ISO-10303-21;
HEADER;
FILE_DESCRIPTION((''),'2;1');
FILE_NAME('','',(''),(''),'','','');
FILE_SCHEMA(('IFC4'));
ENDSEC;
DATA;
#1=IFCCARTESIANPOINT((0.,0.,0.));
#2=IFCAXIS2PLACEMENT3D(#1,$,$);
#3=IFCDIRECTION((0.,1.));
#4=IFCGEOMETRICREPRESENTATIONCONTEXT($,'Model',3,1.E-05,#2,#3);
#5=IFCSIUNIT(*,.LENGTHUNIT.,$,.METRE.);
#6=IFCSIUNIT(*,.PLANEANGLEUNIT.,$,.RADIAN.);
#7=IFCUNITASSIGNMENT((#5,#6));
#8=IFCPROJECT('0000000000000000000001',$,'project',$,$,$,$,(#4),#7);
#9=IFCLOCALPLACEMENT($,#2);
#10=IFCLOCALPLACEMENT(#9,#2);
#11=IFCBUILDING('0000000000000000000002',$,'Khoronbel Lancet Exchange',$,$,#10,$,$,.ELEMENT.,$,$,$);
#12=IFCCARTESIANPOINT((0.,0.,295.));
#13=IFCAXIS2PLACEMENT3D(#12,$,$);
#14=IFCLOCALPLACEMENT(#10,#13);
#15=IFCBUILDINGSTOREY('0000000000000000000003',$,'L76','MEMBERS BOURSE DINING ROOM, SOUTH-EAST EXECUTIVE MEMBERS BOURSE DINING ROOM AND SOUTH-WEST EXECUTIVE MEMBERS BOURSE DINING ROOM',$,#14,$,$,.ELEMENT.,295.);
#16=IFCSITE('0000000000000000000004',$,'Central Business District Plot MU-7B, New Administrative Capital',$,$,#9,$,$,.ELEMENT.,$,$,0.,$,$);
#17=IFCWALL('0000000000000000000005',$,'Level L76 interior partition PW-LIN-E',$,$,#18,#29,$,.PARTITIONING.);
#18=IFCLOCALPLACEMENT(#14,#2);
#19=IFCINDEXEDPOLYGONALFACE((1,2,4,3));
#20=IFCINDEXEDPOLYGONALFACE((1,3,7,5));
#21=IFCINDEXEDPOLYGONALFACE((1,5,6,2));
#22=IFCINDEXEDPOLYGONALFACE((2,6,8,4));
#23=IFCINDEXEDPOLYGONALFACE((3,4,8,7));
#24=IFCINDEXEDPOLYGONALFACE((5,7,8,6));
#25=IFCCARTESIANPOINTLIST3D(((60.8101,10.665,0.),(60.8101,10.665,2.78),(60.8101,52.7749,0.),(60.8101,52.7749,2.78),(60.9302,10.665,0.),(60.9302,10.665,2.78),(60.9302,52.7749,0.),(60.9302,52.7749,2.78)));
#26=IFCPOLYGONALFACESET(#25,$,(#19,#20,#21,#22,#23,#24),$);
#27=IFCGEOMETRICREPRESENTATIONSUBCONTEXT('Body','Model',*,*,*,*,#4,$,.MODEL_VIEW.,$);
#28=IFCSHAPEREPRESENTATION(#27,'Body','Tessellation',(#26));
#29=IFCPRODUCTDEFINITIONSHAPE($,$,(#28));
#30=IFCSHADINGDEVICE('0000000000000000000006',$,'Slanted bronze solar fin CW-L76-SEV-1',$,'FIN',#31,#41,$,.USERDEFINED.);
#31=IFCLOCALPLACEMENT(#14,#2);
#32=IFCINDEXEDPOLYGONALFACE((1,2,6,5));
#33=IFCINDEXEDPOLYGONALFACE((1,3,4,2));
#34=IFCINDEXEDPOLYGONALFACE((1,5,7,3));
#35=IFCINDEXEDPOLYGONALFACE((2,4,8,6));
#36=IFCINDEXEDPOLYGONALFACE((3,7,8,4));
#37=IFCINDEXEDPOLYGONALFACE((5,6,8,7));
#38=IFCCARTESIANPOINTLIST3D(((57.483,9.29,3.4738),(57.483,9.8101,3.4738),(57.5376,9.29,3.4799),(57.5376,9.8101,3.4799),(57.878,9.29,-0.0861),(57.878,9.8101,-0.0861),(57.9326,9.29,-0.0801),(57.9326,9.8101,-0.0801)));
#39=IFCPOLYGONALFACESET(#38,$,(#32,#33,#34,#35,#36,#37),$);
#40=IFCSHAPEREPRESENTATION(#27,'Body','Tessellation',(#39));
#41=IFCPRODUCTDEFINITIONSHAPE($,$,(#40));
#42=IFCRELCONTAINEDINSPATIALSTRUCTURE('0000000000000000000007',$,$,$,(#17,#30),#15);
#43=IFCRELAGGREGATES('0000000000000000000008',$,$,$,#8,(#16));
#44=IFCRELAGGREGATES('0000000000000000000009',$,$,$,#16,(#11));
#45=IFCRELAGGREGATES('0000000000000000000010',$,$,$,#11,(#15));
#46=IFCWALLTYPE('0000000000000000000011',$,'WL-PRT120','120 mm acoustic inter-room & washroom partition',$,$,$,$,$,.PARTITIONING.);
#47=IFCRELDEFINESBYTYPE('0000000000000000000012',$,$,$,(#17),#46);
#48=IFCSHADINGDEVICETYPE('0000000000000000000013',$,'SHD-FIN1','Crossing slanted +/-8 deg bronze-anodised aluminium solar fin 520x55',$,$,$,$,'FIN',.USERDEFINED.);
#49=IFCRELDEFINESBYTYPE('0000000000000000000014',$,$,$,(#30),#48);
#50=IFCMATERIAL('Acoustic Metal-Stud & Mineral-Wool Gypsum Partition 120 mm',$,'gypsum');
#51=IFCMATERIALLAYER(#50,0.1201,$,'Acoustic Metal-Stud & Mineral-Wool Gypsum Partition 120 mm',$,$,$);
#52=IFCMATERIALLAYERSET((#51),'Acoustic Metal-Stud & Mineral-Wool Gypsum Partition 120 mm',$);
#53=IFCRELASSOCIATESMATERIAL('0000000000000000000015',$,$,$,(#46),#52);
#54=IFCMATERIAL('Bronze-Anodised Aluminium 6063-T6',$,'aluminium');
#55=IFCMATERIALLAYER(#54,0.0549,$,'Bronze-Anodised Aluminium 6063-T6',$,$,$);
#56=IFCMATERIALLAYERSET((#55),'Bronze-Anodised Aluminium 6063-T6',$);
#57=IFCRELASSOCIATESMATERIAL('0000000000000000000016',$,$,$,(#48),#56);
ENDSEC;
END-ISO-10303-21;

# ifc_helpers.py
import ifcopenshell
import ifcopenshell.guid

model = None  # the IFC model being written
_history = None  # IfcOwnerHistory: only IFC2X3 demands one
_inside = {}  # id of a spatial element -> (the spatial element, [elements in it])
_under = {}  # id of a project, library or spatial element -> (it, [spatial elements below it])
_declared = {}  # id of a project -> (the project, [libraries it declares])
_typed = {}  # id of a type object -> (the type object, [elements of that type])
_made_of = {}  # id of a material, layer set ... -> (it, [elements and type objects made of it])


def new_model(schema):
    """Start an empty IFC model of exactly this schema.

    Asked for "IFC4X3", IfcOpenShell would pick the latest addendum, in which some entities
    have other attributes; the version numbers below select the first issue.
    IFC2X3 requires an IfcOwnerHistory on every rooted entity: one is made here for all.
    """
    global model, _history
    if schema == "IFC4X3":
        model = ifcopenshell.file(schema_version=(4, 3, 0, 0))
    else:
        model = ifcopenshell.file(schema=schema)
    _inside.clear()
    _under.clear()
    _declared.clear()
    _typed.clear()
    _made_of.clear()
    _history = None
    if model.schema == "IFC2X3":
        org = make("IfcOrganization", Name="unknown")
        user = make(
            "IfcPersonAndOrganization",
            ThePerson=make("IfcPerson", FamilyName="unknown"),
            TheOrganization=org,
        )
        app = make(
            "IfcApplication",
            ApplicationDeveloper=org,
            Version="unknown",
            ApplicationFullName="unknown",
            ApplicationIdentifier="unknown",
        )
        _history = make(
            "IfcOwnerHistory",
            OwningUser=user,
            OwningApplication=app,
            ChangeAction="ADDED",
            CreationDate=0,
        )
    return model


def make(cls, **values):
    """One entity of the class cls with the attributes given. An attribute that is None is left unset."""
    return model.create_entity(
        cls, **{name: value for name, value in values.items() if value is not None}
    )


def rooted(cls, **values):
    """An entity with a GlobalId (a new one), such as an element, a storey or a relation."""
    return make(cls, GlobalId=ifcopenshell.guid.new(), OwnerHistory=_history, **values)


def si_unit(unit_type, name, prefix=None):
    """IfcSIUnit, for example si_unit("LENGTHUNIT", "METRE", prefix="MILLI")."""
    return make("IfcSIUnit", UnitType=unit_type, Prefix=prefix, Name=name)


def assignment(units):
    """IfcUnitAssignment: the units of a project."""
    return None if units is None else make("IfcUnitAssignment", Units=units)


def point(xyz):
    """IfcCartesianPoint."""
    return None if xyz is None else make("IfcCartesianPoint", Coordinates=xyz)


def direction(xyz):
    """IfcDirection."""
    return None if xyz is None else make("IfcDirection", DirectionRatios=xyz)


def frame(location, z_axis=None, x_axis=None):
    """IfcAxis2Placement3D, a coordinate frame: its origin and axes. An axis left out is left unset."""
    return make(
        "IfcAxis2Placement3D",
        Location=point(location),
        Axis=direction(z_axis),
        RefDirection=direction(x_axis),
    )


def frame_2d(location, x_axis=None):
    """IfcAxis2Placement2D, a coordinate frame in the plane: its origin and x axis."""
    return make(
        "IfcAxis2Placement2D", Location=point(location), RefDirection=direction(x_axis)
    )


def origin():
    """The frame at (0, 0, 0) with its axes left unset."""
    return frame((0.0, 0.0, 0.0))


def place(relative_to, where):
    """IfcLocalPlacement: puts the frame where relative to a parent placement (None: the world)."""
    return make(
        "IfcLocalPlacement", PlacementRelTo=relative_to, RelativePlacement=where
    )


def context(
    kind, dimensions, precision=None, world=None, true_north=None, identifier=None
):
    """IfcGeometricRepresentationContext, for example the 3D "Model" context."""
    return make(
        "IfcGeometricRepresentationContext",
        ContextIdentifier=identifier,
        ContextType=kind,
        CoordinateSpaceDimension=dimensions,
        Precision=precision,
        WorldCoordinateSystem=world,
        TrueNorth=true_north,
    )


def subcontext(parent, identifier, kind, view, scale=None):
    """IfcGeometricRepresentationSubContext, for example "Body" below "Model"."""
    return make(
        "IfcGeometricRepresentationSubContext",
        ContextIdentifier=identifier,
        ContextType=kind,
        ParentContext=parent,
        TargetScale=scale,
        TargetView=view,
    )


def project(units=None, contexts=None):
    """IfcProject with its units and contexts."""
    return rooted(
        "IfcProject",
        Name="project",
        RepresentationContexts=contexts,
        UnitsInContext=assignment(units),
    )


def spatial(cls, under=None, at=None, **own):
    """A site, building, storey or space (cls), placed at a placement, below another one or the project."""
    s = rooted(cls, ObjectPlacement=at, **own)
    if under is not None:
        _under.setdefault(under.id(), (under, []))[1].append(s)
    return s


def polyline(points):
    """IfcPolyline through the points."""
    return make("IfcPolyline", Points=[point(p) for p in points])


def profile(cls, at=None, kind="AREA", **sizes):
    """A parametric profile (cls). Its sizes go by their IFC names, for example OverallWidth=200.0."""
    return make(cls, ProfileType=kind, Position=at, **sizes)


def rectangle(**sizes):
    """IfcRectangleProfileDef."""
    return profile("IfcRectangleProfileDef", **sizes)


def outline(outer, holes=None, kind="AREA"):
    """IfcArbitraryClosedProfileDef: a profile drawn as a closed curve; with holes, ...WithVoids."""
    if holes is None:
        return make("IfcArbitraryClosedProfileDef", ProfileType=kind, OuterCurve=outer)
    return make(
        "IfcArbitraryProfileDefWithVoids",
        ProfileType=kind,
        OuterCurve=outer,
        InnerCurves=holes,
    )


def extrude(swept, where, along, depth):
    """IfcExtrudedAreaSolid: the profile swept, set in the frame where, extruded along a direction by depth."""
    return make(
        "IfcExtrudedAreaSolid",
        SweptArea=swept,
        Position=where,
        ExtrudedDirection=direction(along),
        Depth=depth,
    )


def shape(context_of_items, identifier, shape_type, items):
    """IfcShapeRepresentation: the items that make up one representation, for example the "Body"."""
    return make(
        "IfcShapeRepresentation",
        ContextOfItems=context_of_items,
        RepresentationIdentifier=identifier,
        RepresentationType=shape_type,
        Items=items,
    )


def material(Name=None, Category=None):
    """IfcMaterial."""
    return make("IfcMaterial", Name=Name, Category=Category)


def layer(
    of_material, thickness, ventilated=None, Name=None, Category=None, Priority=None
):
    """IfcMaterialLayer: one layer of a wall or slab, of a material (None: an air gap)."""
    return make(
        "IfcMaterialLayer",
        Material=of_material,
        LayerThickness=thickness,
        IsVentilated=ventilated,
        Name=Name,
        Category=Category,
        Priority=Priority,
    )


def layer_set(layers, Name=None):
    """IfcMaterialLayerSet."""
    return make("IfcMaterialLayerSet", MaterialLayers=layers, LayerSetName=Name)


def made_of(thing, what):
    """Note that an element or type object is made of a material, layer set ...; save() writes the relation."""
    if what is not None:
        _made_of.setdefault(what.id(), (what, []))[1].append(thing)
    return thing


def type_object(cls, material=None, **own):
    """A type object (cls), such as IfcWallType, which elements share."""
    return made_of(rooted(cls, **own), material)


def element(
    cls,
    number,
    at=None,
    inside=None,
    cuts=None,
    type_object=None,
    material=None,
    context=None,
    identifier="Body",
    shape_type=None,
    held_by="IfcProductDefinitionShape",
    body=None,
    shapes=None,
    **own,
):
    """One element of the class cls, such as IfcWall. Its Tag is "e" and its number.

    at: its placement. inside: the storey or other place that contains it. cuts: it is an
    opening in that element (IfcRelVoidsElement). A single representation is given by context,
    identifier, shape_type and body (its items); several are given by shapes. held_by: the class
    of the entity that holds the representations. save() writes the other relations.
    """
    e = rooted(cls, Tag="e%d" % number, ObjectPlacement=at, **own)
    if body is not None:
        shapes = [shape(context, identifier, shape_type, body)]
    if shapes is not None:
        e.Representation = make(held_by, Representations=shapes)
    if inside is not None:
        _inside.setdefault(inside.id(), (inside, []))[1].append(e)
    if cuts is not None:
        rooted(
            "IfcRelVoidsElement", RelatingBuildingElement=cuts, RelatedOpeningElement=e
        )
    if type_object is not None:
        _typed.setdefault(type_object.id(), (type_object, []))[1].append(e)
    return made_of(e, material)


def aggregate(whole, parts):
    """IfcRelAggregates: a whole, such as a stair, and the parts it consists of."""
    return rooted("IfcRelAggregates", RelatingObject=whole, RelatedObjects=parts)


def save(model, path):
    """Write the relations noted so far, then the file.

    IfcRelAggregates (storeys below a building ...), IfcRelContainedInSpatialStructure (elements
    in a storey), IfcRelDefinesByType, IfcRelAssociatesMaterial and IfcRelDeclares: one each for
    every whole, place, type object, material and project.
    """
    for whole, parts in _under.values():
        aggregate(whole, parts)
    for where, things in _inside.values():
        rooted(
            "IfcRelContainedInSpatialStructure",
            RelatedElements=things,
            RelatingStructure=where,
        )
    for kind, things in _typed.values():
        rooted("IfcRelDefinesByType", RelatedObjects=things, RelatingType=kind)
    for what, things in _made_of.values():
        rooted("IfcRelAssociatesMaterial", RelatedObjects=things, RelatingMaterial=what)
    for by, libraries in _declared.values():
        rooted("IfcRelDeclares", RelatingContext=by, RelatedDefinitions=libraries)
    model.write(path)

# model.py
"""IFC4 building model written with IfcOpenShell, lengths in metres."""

from ifc_helpers import new_model, si_unit, direction, frame, frame_2d, origin, place, context, subcontext, project, spatial, polyline, rectangle, outline, extrude, material, layer, layer_set, type_object, element, save


model = new_model("IFC4")

# Units and contexts
model_context = context("Model", 3, precision=1e-05, world=origin(), true_north=direction((0.0, 1.0)))
body_context = subcontext(model_context, "Body", "Model", "MODEL_VIEW")
ifc_project = project(units=[si_unit("LENGTHUNIT", "METRE"), si_unit("PLANEANGLEUNIT", "RADIAN")], contexts=[model_context])

# Site, building, storey
site_placement = place(None, origin())
site = spatial("IfcSite", under=ifc_project, at=site_placement, Name="Central Business District Plot MU-7B, New Administrative Capital", CompositionType="ELEMENT", RefElevation=0.0)
building_placement = place(site_placement, origin())
building = spatial("IfcBuilding", under=site, at=building_placement, Name="Khoronbel Lancet Exchange", CompositionType="ELEMENT")
storey_placement = place(building_placement, frame((0.0, 0.0, 295.0)))
storey = spatial("IfcBuildingStorey", under=building, at=storey_placement, Name="L76", Description="MEMBERS BOURSE DINING ROOM, SOUTH-EAST EXECUTIVE MEMBERS BOURSE DINING ROOM AND SOUTH-WEST EXECUTIVE MEMBERS BOURSE DINING ROOM", CompositionType="ELEMENT", Elevation=295.0)

# Shared definitions
ifc_material_1 = material(Name="Bronze-Anodised Aluminium 6063-T6", Category="aluminium")

# Wall
ifc_material_2 = material(Name="Acoustic Metal-Stud & Mineral-Wool Gypsum Partition 120 mm", Category="gypsum")
ifc_layer_1 = layer(ifc_material_2, 0.1201, Name="Acoustic Metal-Stud & Mineral-Wool Gypsum Partition 120 mm")
ifc_layer_set_1 = layer_set([ifc_layer_1], Name="Acoustic Metal-Stud & Mineral-Wool Gypsum Partition 120 mm")
wall_type_1 = type_object("IfcWallType", Name="WL-PRT120", Description="120 mm acoustic inter-room & washroom partition", PredefinedType="PARTITIONING", material=ifc_layer_set_1)
wall_1_placement = place(storey_placement, frame((60.8701, 10.665, 0.0), z_axis=(0.0, 0.0, 1.0), x_axis=(0.0, 1.0, 0.0)))
element("IfcWall", 1, at=wall_1_placement, inside=storey, type_object=wall_type_1, Name="Level L76 interior partition PW-LIN-E", PredefinedType="PARTITIONING", context=body_context, shape_type="SweptSolid", body=[
    extrude(rectangle(XDim=42.1099, YDim=0.1201, at=frame_2d((21.0549, 0.0))), origin(), (0.0, 0.0, 1.0), 2.78),
])

# Shading device
ifc_layer_2 = layer(ifc_material_1, 0.0549, Name="Bronze-Anodised Aluminium 6063-T6")
ifc_layer_set_2 = layer_set([ifc_layer_2], Name="Bronze-Anodised Aluminium 6063-T6")
shading_device_type = type_object("IfcShadingDeviceType", Name="SHD-FIN1", Description="Crossing slanted +/-8 deg bronze-anodised aluminium solar fin 520x55", ElementType="FIN", PredefinedType="USERDEFINED", material=ifc_layer_set_2)
shading_device_placement = place(storey_placement, frame((57.9326, 9.8101, -0.0801), z_axis=(0.9939, 0.0, 0.110282), x_axis=(0.0, -1.0, 0.0)))
element("IfcShadingDevice", 2, at=shading_device_placement, inside=storey, type_object=shading_device_type, Name="Slanted bronze solar fin CW-L76-SEV-1", ObjectType="FIN", PredefinedType="USERDEFINED", context=body_context, shape_type="SweptSolid", body=[
    extrude(outline(polyline([(0.0, 0.0), (0.52, 0.0), (0.52, -3.5818), (0.0, -3.5818), (0.0, 0.0)])), origin(), (0.0, 0.0, -1.0), 0.0549),
])

save(model, "model.ifc")
